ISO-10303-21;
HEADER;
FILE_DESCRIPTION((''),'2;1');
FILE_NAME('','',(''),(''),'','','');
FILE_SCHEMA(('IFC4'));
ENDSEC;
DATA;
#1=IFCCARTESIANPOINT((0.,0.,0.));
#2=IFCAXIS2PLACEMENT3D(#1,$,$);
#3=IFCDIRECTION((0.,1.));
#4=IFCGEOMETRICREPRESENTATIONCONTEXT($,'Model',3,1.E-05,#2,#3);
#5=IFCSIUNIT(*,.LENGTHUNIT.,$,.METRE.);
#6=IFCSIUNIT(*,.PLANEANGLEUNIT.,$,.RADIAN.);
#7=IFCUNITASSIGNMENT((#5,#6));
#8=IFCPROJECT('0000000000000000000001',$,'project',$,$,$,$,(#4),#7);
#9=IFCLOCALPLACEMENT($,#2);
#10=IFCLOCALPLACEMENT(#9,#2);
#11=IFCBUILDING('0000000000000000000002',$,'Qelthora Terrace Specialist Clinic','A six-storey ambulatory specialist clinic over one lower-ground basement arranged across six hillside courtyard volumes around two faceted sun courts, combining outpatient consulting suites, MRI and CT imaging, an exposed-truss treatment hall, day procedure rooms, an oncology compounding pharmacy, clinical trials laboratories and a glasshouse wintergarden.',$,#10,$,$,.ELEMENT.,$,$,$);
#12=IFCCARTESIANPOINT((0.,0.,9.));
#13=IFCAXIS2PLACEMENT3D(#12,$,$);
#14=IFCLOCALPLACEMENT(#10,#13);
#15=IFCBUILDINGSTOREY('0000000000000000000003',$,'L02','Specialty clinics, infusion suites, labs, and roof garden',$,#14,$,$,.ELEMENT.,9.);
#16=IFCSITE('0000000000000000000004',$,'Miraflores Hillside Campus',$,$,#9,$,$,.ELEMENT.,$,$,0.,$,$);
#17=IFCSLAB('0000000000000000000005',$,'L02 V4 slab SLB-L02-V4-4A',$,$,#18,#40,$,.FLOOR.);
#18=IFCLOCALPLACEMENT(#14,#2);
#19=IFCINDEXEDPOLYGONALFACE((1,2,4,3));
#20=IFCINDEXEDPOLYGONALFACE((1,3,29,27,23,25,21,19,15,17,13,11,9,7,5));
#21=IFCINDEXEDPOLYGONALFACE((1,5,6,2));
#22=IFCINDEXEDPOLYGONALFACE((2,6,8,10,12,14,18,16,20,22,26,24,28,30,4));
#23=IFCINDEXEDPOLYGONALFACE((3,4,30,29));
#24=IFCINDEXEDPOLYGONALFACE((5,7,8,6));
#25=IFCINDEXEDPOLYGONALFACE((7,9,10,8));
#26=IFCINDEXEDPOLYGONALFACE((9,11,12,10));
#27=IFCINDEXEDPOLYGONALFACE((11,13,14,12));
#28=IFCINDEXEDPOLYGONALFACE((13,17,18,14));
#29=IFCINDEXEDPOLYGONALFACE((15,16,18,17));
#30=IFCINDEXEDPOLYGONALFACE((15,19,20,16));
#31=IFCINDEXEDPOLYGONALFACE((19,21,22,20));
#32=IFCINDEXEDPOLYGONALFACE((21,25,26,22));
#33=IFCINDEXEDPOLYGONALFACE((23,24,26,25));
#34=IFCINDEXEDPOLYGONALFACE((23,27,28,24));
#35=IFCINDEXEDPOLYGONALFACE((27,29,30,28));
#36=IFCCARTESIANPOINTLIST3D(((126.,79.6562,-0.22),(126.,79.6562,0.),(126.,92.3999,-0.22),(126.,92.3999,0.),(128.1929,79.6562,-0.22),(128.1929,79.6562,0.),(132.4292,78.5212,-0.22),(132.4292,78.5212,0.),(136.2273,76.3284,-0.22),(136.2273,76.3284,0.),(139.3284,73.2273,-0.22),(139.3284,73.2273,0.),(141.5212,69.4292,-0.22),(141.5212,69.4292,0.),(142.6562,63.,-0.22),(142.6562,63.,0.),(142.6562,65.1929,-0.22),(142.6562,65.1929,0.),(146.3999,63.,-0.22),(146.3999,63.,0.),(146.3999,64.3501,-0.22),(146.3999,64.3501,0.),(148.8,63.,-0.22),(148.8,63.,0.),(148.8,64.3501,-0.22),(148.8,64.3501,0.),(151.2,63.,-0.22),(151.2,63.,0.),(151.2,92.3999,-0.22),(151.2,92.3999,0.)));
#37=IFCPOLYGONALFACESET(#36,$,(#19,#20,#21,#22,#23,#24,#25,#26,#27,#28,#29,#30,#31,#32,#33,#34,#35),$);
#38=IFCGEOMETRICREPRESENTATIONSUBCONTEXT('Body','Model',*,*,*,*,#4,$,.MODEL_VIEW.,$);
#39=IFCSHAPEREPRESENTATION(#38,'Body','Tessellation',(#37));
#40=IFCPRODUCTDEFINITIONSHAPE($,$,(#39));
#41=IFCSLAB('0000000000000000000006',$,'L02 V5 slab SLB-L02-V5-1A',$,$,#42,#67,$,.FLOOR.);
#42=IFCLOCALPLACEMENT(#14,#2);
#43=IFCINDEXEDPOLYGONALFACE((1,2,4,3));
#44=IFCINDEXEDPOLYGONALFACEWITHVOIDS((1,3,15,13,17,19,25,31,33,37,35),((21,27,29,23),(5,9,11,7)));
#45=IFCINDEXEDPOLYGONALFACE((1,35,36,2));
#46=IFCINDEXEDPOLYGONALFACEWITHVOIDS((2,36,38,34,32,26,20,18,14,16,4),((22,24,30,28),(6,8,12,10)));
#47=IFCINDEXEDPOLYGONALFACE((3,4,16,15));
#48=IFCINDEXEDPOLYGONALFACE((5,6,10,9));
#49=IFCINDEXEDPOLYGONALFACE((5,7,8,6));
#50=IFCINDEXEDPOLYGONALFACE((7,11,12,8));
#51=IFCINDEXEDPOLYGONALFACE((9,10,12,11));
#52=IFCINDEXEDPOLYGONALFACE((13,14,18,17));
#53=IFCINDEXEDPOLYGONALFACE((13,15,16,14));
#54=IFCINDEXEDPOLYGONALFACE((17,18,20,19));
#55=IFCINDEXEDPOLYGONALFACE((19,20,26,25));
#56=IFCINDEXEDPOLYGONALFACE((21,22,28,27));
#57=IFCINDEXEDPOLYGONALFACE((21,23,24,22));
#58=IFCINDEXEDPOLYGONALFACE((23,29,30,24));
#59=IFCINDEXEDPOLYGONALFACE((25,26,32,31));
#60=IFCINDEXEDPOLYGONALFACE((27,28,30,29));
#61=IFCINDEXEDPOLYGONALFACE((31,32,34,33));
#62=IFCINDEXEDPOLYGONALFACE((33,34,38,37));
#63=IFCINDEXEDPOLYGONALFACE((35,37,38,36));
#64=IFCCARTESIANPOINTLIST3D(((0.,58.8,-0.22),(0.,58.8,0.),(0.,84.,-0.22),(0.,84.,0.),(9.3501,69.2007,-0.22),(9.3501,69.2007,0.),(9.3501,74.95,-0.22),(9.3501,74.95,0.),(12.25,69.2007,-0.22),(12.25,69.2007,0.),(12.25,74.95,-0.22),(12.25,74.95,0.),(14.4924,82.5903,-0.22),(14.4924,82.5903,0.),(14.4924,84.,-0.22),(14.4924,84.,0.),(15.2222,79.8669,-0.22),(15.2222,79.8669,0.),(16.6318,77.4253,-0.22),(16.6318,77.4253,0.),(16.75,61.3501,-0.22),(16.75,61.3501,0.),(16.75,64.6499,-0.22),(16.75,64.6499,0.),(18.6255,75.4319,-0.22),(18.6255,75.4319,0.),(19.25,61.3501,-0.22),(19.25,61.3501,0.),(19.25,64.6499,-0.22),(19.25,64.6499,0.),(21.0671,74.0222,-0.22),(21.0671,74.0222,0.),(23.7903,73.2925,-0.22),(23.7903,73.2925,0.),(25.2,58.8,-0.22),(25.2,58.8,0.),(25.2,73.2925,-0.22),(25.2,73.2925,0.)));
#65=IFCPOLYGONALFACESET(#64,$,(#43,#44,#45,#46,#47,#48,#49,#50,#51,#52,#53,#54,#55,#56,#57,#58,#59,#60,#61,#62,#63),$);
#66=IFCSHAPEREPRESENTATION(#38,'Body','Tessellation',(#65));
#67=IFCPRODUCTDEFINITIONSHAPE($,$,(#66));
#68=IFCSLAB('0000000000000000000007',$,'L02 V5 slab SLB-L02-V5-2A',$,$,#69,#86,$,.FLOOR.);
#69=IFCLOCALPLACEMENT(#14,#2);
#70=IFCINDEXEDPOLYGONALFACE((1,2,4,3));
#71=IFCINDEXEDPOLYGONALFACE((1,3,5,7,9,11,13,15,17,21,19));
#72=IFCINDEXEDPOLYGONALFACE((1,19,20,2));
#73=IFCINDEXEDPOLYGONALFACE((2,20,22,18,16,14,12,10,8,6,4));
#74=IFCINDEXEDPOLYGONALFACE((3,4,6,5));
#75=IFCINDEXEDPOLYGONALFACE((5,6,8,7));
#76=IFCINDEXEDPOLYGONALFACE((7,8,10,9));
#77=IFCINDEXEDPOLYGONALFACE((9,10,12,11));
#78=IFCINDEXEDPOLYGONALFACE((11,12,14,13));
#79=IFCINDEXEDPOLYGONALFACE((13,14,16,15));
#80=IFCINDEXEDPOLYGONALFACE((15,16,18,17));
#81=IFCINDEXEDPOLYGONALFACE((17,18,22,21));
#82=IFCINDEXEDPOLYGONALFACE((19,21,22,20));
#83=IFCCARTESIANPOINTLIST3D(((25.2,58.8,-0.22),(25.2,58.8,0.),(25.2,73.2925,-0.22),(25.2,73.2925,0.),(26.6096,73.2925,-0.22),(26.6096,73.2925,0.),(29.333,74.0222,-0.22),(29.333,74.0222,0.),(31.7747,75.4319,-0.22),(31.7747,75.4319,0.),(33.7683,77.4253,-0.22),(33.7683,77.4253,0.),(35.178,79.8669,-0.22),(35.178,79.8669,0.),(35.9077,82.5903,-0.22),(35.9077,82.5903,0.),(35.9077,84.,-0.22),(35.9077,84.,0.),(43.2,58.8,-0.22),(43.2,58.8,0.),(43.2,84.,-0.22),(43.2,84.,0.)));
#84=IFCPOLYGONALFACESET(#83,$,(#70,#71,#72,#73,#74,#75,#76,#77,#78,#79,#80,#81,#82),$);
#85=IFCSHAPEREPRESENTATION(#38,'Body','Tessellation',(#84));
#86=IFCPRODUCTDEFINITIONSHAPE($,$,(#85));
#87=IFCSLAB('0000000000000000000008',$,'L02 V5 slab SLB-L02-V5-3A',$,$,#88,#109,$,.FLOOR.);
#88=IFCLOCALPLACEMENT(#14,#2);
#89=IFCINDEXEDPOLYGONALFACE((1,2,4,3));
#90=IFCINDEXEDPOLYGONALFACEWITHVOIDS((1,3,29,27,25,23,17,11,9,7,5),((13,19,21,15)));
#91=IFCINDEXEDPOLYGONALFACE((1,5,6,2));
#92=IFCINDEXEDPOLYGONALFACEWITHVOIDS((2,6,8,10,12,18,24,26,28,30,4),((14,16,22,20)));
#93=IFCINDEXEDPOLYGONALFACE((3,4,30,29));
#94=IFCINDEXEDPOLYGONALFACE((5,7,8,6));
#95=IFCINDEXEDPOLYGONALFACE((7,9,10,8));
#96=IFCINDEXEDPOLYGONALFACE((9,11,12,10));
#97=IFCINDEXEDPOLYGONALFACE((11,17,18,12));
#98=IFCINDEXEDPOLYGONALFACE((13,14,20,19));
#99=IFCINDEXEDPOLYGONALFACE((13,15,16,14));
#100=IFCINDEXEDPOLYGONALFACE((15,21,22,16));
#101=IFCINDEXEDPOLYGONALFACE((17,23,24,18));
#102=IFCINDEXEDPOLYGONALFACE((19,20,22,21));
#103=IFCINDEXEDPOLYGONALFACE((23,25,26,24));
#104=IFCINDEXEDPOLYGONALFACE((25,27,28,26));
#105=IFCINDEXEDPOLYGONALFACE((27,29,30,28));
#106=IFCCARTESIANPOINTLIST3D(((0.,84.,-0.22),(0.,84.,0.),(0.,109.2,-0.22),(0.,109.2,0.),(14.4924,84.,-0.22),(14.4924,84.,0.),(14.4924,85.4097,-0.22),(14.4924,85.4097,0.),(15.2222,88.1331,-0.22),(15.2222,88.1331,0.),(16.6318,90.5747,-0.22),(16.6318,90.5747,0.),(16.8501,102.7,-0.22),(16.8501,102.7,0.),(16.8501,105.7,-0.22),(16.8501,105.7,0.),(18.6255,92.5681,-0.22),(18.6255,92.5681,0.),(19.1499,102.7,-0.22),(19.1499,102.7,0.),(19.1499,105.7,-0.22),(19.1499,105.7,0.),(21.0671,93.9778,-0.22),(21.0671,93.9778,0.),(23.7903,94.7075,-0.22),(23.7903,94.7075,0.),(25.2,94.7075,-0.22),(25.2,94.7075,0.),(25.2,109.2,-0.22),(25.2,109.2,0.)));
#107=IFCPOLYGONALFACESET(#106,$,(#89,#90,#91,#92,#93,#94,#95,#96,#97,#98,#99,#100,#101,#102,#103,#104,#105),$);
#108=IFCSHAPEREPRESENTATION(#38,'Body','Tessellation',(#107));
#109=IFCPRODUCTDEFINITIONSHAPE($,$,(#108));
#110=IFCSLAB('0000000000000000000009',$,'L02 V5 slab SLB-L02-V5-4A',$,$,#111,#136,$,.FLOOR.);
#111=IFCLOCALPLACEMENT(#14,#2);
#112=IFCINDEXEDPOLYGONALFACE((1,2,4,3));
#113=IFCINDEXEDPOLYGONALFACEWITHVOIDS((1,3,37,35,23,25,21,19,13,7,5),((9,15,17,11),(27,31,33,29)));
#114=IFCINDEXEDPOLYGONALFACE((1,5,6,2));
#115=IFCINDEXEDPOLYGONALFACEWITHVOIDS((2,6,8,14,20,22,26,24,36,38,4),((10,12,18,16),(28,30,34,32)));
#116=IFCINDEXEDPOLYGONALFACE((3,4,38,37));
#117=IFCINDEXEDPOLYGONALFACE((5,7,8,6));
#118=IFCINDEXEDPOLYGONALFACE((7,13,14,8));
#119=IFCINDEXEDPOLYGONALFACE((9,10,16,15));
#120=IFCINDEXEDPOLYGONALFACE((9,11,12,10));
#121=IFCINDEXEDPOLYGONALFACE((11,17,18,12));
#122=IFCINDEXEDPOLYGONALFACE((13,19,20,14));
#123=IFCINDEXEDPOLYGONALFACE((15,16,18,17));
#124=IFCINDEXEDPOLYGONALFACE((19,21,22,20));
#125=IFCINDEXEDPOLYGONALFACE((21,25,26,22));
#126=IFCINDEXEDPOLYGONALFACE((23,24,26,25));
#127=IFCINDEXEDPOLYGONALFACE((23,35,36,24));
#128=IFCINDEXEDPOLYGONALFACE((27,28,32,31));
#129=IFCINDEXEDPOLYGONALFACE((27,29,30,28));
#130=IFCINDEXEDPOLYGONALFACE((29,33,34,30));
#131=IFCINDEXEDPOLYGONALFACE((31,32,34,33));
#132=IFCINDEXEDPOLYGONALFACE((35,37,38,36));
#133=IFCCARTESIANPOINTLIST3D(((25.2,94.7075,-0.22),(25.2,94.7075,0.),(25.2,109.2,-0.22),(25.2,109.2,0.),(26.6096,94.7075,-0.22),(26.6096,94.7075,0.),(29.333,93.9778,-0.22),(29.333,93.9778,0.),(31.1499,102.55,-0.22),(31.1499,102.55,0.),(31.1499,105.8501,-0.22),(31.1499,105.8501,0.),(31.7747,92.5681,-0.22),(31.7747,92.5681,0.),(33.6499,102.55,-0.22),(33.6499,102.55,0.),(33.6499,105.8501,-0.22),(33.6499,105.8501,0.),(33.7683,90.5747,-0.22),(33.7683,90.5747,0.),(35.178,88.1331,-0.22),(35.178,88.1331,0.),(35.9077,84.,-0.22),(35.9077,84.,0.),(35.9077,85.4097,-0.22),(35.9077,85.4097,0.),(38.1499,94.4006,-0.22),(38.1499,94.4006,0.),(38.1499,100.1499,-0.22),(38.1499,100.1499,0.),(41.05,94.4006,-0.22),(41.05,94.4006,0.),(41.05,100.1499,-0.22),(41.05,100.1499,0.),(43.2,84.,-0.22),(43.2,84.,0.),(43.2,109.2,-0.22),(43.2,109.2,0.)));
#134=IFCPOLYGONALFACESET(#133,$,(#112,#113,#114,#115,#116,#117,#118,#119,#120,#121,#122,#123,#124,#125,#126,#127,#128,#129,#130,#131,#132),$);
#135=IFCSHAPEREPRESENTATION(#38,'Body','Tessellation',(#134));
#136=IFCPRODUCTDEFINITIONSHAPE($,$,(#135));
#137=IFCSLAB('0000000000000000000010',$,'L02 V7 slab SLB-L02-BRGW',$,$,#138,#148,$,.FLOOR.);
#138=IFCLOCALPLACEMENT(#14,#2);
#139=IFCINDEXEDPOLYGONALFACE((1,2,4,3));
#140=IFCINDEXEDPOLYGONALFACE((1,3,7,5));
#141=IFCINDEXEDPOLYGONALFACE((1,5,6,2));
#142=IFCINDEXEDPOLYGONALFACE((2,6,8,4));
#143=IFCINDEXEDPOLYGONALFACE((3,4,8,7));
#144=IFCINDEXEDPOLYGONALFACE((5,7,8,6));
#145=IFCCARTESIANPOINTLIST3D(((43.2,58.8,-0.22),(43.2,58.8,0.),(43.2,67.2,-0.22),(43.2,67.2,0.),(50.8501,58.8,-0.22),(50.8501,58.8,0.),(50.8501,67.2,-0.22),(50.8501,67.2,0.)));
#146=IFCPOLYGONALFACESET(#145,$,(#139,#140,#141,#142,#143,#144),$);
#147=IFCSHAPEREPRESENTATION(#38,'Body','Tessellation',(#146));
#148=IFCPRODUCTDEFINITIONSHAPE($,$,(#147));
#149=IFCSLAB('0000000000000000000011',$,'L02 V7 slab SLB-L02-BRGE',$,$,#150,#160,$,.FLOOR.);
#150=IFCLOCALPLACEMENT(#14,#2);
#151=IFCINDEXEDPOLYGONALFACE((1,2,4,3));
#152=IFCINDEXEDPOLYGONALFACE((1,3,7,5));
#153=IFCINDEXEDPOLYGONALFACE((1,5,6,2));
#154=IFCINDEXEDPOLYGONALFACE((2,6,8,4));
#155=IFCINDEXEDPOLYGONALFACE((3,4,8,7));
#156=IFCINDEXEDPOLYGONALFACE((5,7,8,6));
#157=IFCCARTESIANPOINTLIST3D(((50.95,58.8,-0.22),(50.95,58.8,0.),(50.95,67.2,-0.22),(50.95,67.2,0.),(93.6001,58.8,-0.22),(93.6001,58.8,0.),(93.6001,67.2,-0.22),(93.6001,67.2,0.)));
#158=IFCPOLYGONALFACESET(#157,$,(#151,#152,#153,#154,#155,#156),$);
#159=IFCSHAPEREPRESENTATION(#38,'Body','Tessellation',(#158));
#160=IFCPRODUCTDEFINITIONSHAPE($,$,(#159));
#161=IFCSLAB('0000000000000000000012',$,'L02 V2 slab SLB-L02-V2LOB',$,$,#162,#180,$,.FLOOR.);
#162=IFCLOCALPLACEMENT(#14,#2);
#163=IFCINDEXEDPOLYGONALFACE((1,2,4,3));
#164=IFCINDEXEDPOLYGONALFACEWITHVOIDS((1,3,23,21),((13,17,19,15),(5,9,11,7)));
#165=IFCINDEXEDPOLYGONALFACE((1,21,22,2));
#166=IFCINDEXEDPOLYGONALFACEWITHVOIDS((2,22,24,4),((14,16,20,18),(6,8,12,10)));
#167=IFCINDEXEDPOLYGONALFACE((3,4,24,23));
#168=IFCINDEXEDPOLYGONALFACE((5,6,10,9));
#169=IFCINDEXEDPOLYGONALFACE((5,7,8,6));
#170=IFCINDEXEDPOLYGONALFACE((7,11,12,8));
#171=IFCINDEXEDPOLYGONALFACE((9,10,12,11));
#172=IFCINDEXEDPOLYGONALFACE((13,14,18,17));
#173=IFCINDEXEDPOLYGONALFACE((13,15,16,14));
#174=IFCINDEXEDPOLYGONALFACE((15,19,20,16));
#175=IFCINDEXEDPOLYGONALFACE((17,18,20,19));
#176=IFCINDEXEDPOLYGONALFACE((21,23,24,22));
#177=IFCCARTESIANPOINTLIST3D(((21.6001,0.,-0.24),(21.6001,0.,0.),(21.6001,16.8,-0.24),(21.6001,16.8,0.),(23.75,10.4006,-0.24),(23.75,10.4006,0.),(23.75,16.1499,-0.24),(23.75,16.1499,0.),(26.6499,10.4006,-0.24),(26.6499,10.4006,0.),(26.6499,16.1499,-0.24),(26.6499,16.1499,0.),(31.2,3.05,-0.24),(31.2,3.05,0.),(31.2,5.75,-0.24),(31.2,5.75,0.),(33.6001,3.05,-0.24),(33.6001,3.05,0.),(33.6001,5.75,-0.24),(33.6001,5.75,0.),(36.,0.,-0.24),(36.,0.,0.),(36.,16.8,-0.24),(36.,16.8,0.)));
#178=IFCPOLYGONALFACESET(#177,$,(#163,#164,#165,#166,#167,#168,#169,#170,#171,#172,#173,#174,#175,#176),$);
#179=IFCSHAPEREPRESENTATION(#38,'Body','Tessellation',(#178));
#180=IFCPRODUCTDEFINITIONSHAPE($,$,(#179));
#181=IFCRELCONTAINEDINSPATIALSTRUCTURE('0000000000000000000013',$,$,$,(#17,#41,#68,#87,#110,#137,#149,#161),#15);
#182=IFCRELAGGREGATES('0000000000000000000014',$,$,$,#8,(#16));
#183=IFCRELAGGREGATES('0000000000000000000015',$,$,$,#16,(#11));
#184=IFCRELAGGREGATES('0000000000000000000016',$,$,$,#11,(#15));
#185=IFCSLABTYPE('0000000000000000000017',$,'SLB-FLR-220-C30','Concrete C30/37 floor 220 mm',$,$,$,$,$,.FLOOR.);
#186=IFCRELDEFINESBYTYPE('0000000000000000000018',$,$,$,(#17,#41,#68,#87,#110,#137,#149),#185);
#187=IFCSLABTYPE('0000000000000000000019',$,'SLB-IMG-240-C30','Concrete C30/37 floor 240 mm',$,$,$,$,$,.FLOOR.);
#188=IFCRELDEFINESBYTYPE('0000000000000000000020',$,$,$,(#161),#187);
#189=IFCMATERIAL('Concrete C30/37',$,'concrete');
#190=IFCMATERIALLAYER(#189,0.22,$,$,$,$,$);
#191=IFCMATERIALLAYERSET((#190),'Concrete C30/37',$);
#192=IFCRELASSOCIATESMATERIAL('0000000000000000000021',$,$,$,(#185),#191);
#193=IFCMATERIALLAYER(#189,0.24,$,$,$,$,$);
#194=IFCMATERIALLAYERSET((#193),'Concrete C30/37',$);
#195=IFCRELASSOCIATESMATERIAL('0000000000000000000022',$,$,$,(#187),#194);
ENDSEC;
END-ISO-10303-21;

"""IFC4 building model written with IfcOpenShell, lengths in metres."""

from ifc_helpers import new_model, si_unit, direction, frame, origin, place, context, subcontext, project, spatial, polyline, outline, extrude, material, layer, layer_set, type_object, element, save


model = new_model("IFC4")

# Units and contexts
model_context = context("Model", 3, precision=1e-05, world=origin(), true_north=direction((0.0, 1.0)))
body_context = subcontext(model_context, "Body", "Model", "MODEL_VIEW")
ifc_project = project(units=[si_unit("LENGTHUNIT", "METRE"), si_unit("PLANEANGLEUNIT", "RADIAN")], contexts=[model_context])

# Site, building, storey
site_placement = place(None, origin())
site = spatial("IfcSite", under=ifc_project, at=site_placement, Name="Miraflores Hillside Campus", CompositionType="ELEMENT", RefElevation=0.0)
building_placement = place(site_placement, origin())
building = spatial("IfcBuilding", under=site, at=building_placement, Name="Qelthora Terrace Specialist Clinic", Description="A six-storey ambulatory specialist clinic over one lower-ground basement arranged across six hillside courtyard volumes around two faceted sun courts, combining outpatient consulting suites, MRI and CT imaging, an exposed-truss treatment hall, day procedure rooms, an oncology compounding pharmacy, clinical trials laboratories and a glasshouse wintergarden.", CompositionType="ELEMENT")
storey_placement = place(building_placement, frame((0.0, 0.0, 9.0)))
storey = spatial("IfcBuildingStorey", under=building, at=storey_placement, Name="L02", Description="Specialty clinics, infusion suites, labs, and roof garden", CompositionType="ELEMENT", Elevation=9.0)

# Slabs
ifc_material_1 = material(Name="Concrete C30/37", Category="concrete")
ifc_layer_1 = layer(ifc_material_1, 0.22)
ifc_layer_set_1 = layer_set([ifc_layer_1], Name="Concrete C30/37")
slab_type_1 = type_object("IfcSlabType", Name="SLB-FLR-220-C30", Description="Concrete C30/37 floor 220 mm", PredefinedType="FLOOR", material=ifc_layer_set_1)
slab_1_placement = place(storey_placement, frame((0.0, 0.0, -0.22)))
element("IfcSlab", 1, at=slab_1_placement, inside=storey, type_object=slab_type_1, Name="L02 V4 slab SLB-L02-V4-4A", PredefinedType="FLOOR", context=body_context, shape_type="SweptSolid", body=[
    extrude(outline(polyline([(151.2, 92.3999), (151.2, 63.0), (148.8, 63.0), (148.8, 64.3501), (146.3999, 64.3501), (146.3999, 63.0), (142.6562, 63.0), (142.6562, 65.1929), (141.5212, 69.4292), (139.3284, 73.2273), (136.2273, 76.3284), (132.4292, 78.5212), (128.1929, 79.6562), (126.0, 79.6562), (126.0, 92.3999), (151.2, 92.3999)])), origin(), (0.0, 0.0, 1.0), 0.22),
])
slab_2_placement = place(storey_placement, frame((0.0, 0.0, -0.22)))
element("IfcSlab", 2, at=slab_2_placement, inside=storey, type_object=slab_type_1, Name="L02 V5 slab SLB-L02-V5-1A", PredefinedType="FLOOR", context=body_context, shape_type="SweptSolid", body=[
    extrude(outline(polyline([(0.0, 58.8), (0.0, 84.0), (14.4924, 84.0), (14.4924, 82.5903), (15.2222, 79.8669), (16.6318, 77.4253), (18.6255, 75.4319), (21.0671, 74.0222), (23.7903, 73.2925), (25.2, 73.2925), (25.2, 58.8), (0.0, 58.8)]), holes=[polyline([(19.25, 61.3501), (19.25, 64.6499), (16.75, 64.6499), (16.75, 61.3501), (19.25, 61.3501)]), polyline([(12.25, 74.95), (9.3501, 74.95), (9.3501, 69.2007), (12.25, 69.2007), (12.25, 74.95)])]), origin(), (0.0, 0.0, 1.0), 0.22),
])
slab_3_placement = place(storey_placement, frame((0.0, 0.0, -0.22)))
element("IfcSlab", 3, at=slab_3_placement, inside=storey, type_object=slab_type_1, Name="L02 V5 slab SLB-L02-V5-2A", PredefinedType="FLOOR", context=body_context, shape_type="SweptSolid", body=[
    extrude(outline(polyline([(43.2, 58.8), (25.2, 58.8), (25.2, 73.2925), (26.6096, 73.2925), (29.333, 74.0222), (31.7747, 75.4319), (33.7683, 77.4253), (35.178, 79.8669), (35.9077, 82.5903), (35.9077, 84.0), (43.2, 84.0), (43.2, 58.8)])), origin(), (0.0, 0.0, 1.0), 0.22),
])
slab_4_placement = place(storey_placement, frame((0.0, 0.0, -0.22)))
element("IfcSlab", 4, at=slab_4_placement, inside=storey, type_object=slab_type_1, Name="L02 V5 slab SLB-L02-V5-3A", PredefinedType="FLOOR", context=body_context, shape_type="SweptSolid", body=[
    extrude(outline(polyline([(0.0, 109.2), (25.2, 109.2), (25.2, 94.7075), (23.7903, 94.7075), (21.0671, 93.9778), (18.6255, 92.5681), (16.6318, 90.5747), (15.2222, 88.1331), (14.4924, 85.4097), (14.4924, 84.0), (0.0, 84.0), (0.0, 109.2)]), holes=[polyline([(19.1499, 105.7), (16.8501, 105.7), (16.8501, 102.7), (19.1499, 102.7), (19.1499, 105.7)])]), origin(), (0.0, 0.0, 1.0), 0.22),
])
slab_5_placement = place(storey_placement, frame((0.0, 0.0, -0.22)))
element("IfcSlab", 5, at=slab_5_placement, inside=storey, type_object=slab_type_1, Name="L02 V5 slab SLB-L02-V5-4A", PredefinedType="FLOOR", context=body_context, shape_type="SweptSolid", body=[
    extrude(outline(polyline([(43.2, 109.2), (43.2, 84.0), (35.9077, 84.0), (35.9077, 85.4097), (35.178, 88.1331), (33.7683, 90.5747), (31.7747, 92.5681), (29.333, 93.9778), (26.6096, 94.7075), (25.2, 94.7075), (25.2, 109.2), (43.2, 109.2)]), holes=[polyline([(41.05, 94.4006), (41.05, 100.1499), (38.1499, 100.1499), (38.1499, 94.4006), (41.05, 94.4006)]), polyline([(33.6499, 102.55), (33.6499, 105.8501), (31.1499, 105.8501), (31.1499, 102.55), (33.6499, 102.55)])]), origin(), (0.0, 0.0, 1.0), 0.22),
])
slab_6_placement = place(storey_placement, frame((0.0, 0.0, -0.22)))
element("IfcSlab", 6, at=slab_6_placement, inside=storey, type_object=slab_type_1, Name="L02 V7 slab SLB-L02-BRGW", PredefinedType="FLOOR", context=body_context, shape_type="SweptSolid", body=[
    extrude(outline(polyline([(43.2, 67.2), (50.8501, 67.2), (50.8501, 58.8), (43.2, 58.8), (43.2, 67.2)])), origin(), (0.0, 0.0, 1.0), 0.22),
])
slab_7_placement = place(storey_placement, frame((0.0, 0.0, -0.22)))
element("IfcSlab", 7, at=slab_7_placement, inside=storey, type_object=slab_type_1, Name="L02 V7 slab SLB-L02-BRGE", PredefinedType="FLOOR", context=body_context, shape_type="SweptSolid", body=[
    extrude(outline(polyline([(50.95, 67.2), (93.6001, 67.2), (93.6001, 58.8), (50.95, 58.8), (50.95, 67.2)])), origin(), (0.0, 0.0, 1.0), 0.22),
])
ifc_layer_2 = layer(ifc_material_1, 0.24)
ifc_layer_set_2 = layer_set([ifc_layer_2], Name="Concrete C30/37")
slab_type_2 = type_object("IfcSlabType", Name="SLB-IMG-240-C30", Description="Concrete C30/37 floor 240 mm", PredefinedType="FLOOR", material=ifc_layer_set_2)
slab_8_placement = place(storey_placement, frame((0.0, 0.0, -0.24)))
element("IfcSlab", 8, at=slab_8_placement, inside=storey, type_object=slab_type_2, Name="L02 V2 slab SLB-L02-V2LOB", PredefinedType="FLOOR", context=body_context, shape_type="SweptSolid", body=[
    extrude(outline(polyline([(21.6001, 16.8), (36.0, 16.8), (36.0, 0.0), (21.6001, 0.0), (21.6001, 16.8)]), holes=[polyline([(33.6001, 5.75), (31.2, 5.75), (31.2, 3.05), (33.6001, 3.05), (33.6001, 5.75)]), polyline([(26.6499, 10.4006), (26.6499, 16.1499), (23.75, 16.1499), (23.75, 10.4006), (26.6499, 10.4006)])]), origin(), (0.0, 0.0, 1.0), 0.24),
])

save(model, "model.ifc")
